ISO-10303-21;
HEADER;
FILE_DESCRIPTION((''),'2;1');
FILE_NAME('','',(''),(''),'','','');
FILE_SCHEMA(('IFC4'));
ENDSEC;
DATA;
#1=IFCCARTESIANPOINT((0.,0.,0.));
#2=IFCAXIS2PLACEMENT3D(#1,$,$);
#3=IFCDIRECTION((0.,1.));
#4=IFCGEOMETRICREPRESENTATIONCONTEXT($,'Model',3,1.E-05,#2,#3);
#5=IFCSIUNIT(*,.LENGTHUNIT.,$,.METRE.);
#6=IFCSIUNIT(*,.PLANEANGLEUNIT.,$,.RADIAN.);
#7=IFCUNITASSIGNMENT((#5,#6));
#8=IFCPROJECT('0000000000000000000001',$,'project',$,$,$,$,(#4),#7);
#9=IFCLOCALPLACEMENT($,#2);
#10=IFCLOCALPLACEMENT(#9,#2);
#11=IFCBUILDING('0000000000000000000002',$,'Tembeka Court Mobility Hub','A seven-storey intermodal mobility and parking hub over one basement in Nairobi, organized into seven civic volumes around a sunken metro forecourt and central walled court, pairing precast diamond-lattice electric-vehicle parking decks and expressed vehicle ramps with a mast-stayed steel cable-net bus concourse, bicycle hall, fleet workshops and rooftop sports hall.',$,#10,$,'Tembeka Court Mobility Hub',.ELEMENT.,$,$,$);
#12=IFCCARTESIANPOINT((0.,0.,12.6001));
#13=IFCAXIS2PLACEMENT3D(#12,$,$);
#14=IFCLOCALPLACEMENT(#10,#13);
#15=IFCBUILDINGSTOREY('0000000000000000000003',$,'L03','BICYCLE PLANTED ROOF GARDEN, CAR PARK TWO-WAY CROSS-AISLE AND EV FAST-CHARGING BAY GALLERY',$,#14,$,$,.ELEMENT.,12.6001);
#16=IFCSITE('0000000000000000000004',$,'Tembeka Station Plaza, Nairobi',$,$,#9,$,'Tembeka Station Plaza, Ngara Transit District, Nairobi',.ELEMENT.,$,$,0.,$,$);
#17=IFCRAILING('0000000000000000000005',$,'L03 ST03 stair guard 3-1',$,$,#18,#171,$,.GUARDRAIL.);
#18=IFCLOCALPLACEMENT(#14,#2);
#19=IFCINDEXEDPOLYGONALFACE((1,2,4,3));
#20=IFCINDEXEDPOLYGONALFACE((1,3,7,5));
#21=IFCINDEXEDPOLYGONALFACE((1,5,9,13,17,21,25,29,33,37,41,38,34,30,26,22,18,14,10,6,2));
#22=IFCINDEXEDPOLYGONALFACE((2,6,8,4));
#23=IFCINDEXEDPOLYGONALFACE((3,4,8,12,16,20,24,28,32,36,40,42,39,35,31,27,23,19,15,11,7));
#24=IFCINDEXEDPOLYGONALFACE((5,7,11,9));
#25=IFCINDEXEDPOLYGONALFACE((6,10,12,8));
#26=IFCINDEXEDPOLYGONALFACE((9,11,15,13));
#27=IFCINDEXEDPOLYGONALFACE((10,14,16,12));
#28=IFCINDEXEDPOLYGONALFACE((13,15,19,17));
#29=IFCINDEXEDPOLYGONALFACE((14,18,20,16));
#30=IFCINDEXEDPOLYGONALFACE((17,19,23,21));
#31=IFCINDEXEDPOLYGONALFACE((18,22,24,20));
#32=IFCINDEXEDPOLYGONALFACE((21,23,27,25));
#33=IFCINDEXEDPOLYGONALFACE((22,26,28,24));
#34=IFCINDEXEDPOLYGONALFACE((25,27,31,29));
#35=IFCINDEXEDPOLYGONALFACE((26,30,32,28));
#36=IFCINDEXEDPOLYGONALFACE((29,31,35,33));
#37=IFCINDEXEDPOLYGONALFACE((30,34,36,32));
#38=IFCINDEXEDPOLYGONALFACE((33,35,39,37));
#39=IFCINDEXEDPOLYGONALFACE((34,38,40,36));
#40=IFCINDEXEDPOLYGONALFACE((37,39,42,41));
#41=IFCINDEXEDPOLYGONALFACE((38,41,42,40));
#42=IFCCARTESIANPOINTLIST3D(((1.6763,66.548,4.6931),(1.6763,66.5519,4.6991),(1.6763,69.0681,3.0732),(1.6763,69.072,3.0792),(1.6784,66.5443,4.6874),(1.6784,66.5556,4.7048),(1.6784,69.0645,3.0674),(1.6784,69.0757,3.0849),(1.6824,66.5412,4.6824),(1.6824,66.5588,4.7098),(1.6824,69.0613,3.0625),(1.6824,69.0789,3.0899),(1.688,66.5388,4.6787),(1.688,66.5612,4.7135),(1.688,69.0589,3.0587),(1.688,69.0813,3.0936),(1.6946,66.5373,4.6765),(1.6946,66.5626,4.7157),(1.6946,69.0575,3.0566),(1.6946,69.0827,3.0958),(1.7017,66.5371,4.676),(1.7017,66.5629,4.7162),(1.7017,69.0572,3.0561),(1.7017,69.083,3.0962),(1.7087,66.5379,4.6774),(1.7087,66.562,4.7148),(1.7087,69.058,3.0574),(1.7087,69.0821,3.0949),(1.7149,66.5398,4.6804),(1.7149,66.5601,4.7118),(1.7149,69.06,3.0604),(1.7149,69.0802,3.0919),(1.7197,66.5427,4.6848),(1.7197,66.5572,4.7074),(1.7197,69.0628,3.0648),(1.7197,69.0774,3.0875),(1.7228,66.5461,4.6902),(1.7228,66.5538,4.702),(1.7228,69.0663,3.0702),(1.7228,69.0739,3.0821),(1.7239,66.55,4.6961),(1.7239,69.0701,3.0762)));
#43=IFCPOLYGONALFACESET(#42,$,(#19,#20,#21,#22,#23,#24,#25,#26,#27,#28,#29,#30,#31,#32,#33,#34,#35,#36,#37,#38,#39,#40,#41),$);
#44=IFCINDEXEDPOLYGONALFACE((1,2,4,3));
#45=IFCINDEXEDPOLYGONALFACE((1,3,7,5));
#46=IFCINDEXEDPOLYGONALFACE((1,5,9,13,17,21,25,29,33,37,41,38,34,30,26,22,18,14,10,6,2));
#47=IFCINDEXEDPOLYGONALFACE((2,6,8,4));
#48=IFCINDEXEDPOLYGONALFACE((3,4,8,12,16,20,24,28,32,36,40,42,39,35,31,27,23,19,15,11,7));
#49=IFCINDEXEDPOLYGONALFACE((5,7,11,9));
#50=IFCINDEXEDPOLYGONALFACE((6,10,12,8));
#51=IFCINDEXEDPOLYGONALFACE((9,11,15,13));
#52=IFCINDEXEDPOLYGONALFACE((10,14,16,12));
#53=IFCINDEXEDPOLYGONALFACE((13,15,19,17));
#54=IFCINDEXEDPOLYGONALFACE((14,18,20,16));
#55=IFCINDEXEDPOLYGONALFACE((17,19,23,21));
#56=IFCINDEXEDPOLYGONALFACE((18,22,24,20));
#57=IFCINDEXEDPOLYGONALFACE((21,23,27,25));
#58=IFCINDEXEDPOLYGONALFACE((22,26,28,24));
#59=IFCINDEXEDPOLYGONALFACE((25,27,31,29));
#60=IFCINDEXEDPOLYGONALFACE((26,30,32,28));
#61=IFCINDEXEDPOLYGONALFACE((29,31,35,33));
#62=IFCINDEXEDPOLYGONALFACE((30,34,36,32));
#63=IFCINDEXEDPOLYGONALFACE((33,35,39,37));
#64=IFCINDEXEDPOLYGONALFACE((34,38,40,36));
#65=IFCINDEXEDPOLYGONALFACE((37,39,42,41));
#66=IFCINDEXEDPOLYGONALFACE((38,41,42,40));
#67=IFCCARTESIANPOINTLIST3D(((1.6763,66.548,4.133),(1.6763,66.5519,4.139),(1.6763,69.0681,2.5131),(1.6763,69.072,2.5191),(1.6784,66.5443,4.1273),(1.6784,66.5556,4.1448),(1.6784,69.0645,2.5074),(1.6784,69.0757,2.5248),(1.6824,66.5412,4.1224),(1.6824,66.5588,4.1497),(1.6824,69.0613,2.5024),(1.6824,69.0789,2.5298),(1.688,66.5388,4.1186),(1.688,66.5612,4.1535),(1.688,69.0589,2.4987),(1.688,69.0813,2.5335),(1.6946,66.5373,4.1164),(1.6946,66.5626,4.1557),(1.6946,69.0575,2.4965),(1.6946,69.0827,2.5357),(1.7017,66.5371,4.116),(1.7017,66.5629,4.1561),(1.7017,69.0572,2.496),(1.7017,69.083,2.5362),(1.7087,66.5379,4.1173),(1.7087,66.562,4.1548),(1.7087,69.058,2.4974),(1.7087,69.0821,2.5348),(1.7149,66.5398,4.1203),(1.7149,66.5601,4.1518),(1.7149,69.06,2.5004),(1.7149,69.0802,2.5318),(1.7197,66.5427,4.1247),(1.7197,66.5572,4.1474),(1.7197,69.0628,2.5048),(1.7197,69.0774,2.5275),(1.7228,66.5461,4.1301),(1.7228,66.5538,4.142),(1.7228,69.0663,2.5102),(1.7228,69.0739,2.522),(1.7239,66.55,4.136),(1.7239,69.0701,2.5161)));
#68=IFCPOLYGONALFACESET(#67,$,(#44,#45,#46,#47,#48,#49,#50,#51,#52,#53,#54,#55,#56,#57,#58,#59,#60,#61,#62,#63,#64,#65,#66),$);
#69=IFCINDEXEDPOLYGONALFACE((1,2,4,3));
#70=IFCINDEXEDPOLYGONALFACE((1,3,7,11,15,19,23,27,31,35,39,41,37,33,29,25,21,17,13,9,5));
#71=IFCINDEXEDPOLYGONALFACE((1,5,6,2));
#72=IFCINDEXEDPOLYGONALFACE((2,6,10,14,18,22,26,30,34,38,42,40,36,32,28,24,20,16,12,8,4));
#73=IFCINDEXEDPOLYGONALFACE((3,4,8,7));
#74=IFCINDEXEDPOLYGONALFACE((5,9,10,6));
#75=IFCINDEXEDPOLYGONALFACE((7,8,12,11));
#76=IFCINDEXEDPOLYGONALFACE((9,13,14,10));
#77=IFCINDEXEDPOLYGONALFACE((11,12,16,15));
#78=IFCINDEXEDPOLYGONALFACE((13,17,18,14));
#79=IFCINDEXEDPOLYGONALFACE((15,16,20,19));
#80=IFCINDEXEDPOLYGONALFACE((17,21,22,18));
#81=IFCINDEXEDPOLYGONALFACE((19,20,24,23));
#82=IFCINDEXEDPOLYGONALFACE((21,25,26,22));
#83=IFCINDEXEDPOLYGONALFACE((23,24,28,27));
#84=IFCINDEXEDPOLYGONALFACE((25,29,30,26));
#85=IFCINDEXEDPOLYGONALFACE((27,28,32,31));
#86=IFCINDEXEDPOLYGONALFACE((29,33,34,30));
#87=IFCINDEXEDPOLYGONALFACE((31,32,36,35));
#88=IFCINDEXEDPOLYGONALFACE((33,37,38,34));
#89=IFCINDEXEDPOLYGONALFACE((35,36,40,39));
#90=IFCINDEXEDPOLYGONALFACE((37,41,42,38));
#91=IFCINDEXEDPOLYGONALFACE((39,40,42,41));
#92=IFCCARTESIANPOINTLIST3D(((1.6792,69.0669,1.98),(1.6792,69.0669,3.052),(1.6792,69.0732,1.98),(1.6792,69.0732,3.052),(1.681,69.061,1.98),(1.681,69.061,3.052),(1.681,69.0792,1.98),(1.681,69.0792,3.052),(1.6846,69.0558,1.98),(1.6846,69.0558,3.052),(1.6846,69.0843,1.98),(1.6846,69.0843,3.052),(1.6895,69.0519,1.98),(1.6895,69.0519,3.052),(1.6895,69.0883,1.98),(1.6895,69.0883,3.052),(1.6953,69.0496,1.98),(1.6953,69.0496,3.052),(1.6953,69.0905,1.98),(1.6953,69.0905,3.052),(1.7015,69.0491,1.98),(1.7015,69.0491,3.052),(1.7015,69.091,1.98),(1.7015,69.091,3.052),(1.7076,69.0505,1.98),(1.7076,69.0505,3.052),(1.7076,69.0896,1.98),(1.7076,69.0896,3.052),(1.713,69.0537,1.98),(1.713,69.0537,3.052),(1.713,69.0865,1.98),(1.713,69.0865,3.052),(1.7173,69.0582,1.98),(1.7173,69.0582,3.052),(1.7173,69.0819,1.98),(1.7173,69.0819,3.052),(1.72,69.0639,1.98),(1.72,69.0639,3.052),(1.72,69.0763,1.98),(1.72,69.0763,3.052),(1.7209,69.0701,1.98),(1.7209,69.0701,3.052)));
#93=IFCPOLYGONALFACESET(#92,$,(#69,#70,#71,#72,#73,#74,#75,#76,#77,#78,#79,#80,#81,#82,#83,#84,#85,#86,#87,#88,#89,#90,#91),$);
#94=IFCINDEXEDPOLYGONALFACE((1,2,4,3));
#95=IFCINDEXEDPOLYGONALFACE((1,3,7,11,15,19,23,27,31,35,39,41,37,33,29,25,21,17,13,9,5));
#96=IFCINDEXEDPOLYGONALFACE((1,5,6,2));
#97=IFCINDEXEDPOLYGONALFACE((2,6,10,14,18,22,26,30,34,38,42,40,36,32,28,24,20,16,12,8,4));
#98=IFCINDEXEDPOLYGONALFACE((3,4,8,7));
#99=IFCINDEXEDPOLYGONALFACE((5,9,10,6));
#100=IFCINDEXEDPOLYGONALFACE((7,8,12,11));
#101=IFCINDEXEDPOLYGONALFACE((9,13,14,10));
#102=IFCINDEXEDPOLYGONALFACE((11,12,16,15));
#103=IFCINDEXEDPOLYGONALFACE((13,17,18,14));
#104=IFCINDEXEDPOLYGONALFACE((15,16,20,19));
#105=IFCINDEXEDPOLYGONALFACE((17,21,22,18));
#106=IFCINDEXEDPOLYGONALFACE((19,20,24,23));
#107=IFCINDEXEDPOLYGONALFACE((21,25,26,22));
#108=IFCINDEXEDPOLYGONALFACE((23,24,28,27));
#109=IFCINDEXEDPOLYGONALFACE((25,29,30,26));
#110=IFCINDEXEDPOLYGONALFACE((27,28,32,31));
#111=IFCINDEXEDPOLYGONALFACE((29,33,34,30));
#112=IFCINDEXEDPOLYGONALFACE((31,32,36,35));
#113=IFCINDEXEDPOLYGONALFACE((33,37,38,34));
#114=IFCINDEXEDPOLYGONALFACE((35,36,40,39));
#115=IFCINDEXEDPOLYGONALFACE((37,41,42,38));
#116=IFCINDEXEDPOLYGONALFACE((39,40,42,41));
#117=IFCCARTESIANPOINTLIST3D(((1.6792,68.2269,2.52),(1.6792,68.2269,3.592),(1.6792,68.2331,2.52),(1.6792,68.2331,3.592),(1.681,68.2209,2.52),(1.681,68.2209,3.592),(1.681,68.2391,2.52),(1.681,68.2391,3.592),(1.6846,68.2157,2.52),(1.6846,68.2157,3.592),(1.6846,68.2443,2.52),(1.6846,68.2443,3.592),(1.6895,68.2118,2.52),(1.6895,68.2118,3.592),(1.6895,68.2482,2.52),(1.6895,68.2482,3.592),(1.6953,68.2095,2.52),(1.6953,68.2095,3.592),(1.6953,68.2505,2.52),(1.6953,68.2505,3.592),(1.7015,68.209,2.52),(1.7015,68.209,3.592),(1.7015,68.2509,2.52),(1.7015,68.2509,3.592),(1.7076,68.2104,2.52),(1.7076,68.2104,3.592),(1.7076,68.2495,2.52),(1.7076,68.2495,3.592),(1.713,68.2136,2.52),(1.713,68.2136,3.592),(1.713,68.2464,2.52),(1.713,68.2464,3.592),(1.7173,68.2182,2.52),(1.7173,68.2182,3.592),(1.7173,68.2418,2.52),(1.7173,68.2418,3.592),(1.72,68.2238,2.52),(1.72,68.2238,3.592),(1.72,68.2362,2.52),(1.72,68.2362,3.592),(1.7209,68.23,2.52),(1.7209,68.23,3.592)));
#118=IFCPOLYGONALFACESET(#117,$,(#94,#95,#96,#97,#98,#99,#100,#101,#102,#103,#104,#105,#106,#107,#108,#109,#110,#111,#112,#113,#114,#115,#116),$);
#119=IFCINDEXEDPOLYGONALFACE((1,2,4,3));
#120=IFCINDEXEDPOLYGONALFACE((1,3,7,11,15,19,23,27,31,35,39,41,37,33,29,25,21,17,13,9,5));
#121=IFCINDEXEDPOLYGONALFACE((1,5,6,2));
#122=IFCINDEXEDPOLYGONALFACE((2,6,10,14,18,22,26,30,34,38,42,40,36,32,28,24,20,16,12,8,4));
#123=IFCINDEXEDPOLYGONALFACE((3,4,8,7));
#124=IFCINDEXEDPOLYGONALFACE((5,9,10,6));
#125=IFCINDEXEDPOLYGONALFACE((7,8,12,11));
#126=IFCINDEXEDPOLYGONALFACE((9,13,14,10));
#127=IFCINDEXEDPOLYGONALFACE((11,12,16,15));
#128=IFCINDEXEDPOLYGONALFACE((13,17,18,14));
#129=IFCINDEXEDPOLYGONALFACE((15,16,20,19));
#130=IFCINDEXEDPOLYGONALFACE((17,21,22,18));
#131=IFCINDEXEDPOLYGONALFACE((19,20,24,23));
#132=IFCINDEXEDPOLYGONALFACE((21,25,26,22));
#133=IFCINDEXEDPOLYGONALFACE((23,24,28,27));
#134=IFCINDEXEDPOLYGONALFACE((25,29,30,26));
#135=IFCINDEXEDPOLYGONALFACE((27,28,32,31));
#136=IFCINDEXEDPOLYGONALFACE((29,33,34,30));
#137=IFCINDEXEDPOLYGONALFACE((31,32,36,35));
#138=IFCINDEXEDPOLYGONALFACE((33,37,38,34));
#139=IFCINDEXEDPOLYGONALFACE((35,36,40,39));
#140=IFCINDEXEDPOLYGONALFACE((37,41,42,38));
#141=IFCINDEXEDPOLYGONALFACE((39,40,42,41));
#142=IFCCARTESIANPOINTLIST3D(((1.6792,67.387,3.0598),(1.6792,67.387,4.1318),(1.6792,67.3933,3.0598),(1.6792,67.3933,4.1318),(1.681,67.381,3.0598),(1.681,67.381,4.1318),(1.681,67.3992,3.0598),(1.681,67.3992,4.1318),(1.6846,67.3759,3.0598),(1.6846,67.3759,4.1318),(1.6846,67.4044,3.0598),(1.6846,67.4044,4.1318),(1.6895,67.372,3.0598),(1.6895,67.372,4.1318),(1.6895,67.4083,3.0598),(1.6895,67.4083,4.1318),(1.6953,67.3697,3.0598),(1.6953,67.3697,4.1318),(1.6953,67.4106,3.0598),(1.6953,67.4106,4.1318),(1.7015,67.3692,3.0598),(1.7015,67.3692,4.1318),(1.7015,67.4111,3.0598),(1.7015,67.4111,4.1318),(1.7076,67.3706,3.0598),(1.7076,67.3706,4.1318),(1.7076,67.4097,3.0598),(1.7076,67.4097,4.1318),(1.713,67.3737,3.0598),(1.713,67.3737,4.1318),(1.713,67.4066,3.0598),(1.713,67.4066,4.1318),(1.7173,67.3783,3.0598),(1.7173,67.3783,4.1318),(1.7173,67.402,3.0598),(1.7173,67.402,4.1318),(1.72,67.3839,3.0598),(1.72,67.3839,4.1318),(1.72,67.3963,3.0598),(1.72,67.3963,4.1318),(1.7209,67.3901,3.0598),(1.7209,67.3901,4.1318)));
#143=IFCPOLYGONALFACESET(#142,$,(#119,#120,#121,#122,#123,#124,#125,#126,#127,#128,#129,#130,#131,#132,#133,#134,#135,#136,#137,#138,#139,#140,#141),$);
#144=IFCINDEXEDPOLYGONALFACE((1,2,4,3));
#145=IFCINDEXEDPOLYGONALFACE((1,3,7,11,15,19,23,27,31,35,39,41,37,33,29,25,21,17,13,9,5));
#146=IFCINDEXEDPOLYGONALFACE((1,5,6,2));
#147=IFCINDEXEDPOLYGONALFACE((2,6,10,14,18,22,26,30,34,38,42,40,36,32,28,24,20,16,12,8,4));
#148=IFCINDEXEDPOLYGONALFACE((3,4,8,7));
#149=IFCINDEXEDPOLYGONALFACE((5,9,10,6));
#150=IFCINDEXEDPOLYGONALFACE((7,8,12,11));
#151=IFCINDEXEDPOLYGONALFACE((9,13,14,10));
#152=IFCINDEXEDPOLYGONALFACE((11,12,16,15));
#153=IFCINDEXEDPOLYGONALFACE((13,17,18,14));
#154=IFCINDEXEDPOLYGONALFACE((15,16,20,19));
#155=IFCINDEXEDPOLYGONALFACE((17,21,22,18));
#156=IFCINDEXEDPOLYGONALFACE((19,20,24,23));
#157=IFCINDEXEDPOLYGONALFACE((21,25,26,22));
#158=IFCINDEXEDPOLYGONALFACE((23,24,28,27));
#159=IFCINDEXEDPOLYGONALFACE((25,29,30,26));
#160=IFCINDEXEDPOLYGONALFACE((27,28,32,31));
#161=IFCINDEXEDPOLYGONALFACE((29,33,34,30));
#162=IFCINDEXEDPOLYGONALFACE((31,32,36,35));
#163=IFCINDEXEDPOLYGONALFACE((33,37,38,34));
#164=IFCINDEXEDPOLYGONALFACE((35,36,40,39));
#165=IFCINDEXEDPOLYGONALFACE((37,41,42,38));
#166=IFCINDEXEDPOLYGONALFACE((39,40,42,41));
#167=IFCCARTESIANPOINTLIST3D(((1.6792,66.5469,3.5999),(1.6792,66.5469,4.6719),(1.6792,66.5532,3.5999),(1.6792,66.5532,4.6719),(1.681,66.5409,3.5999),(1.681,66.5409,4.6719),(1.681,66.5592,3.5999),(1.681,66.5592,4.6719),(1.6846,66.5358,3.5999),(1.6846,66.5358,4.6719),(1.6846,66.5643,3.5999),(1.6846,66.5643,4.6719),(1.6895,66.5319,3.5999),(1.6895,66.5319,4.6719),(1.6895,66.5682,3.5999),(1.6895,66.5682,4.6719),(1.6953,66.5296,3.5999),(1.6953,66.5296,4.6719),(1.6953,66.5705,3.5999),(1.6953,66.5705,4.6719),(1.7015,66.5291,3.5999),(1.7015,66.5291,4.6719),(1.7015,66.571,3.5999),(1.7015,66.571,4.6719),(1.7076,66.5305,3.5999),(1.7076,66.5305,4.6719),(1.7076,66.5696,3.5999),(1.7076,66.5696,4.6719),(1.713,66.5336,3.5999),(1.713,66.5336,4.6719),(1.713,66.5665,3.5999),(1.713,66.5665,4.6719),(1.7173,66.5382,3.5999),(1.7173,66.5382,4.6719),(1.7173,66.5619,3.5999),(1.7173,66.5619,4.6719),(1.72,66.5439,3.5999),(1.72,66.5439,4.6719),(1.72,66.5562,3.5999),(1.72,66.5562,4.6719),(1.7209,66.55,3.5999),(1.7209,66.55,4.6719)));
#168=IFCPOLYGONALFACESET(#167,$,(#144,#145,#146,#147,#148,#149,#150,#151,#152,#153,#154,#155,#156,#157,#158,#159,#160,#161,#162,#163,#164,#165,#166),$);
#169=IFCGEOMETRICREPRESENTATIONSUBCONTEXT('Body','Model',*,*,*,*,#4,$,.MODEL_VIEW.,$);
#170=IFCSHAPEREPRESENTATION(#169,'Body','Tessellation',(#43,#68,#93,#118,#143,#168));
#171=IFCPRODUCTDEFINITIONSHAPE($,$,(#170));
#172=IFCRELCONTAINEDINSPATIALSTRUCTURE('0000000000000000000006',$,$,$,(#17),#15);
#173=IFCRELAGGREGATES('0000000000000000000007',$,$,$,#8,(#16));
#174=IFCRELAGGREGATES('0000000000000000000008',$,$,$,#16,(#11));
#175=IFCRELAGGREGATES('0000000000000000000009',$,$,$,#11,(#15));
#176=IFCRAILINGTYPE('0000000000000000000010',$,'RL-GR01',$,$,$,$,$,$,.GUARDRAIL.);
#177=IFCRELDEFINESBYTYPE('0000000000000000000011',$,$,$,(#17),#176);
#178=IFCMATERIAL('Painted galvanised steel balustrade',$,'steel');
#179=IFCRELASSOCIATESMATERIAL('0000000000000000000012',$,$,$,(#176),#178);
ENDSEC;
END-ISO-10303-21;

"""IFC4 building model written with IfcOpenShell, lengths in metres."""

from ifc_helpers import new_model, si_unit, direction, frame, origin, origin_2d, place, context, subcontext, project, spatial, circle, extrude, material, type_object, element, save


model = new_model("IFC4")

# Units and contexts
model_context = context("Model", 3, precision=1e-05, world=origin(), true_north=direction((0.0, 1.0)))
body_context = subcontext(model_context, "Body", "Model", "MODEL_VIEW")
ifc_project = project(units=[si_unit("LENGTHUNIT", "METRE"), si_unit("PLANEANGLEUNIT", "RADIAN")], contexts=[model_context])

# Site, building, storey
site_placement = place(None, origin())
site = spatial("IfcSite", under=ifc_project, at=site_placement, Name="Tembeka Station Plaza, Nairobi", LongName="Tembeka Station Plaza, Ngara Transit District, Nairobi", CompositionType="ELEMENT", RefElevation=0.0)
building_placement = place(site_placement, origin())
building = spatial("IfcBuilding", under=site, at=building_placement, Name="Tembeka Court Mobility Hub", Description="A seven-storey intermodal mobility and parking hub over one basement in Nairobi, organized into seven civic volumes around a sunken metro forecourt and central walled court, pairing precast diamond-lattice electric-vehicle parking decks and expressed vehicle ramps with a mast-stayed steel cable-net bus concourse, bicycle hall, fleet workshops and rooftop sports hall.", LongName="Tembeka Court Mobility Hub", CompositionType="ELEMENT")
storey_placement = place(building_placement, frame((0.0, 0.0, 12.6001)))
storey = spatial("IfcBuildingStorey", under=building, at=storey_placement, Name="L03", Description="BICYCLE PLANTED ROOF GARDEN, CAR PARK TWO-WAY CROSS-AISLE AND EV FAST-CHARGING BAY GALLERY", CompositionType="ELEMENT", Elevation=12.6001)

# Railing
ifc_material_1 = material(Name="Painted galvanised steel balustrade", Category="steel")
railing_type_1 = type_object("IfcRailingType", Name="RL-GR01", PredefinedType="GUARDRAIL", material=ifc_material_1)
railing_1_placement = place(storey_placement, frame((1.7, 69.0701, 1.98)))
element("IfcRailing", 1, at=railing_1_placement, inside=storey, type_object=railing_type_1, Name="L03 ST03 stair guard 3-1", PredefinedType="GUARDRAIL", context=body_context, shape_type="SweptSolid", body=[
    extrude(circle(Radius=0.0239, at=origin_2d()), frame((0.0, 0.0, 1.0962), z_axis=(0.0, -0.8412, 0.540725), x_axis=(1.0, 0.0, 0.0)), (0.0, 0.0, 1.0), 2.9958),
    extrude(circle(Radius=0.0239, at=origin_2d()), frame((0.0, 0.0, 0.5361), z_axis=(0.0, -0.8412, 0.540725), x_axis=(1.0, 0.0, 0.0)), (0.0, 0.0, 1.0), 2.9958),
    extrude(circle(Radius=0.021, at=origin_2d()), origin(), (0.0, 0.0, 1.0), 1.072),
    extrude(circle(Radius=0.021, at=origin_2d()), frame((0.0, -0.8401, 0.54)), (0.0, 0.0, 1.0), 1.072),
    extrude(circle(Radius=0.021, at=origin_2d()), frame((0.0, -1.6799, 1.0798)), (0.0, 0.0, 1.0), 1.072),
    extrude(circle(Radius=0.021, at=origin_2d()), frame((0.0, -2.52, 1.6199)), (0.0, 0.0, 1.0), 1.072),
])

save(model, "model.ifc")
